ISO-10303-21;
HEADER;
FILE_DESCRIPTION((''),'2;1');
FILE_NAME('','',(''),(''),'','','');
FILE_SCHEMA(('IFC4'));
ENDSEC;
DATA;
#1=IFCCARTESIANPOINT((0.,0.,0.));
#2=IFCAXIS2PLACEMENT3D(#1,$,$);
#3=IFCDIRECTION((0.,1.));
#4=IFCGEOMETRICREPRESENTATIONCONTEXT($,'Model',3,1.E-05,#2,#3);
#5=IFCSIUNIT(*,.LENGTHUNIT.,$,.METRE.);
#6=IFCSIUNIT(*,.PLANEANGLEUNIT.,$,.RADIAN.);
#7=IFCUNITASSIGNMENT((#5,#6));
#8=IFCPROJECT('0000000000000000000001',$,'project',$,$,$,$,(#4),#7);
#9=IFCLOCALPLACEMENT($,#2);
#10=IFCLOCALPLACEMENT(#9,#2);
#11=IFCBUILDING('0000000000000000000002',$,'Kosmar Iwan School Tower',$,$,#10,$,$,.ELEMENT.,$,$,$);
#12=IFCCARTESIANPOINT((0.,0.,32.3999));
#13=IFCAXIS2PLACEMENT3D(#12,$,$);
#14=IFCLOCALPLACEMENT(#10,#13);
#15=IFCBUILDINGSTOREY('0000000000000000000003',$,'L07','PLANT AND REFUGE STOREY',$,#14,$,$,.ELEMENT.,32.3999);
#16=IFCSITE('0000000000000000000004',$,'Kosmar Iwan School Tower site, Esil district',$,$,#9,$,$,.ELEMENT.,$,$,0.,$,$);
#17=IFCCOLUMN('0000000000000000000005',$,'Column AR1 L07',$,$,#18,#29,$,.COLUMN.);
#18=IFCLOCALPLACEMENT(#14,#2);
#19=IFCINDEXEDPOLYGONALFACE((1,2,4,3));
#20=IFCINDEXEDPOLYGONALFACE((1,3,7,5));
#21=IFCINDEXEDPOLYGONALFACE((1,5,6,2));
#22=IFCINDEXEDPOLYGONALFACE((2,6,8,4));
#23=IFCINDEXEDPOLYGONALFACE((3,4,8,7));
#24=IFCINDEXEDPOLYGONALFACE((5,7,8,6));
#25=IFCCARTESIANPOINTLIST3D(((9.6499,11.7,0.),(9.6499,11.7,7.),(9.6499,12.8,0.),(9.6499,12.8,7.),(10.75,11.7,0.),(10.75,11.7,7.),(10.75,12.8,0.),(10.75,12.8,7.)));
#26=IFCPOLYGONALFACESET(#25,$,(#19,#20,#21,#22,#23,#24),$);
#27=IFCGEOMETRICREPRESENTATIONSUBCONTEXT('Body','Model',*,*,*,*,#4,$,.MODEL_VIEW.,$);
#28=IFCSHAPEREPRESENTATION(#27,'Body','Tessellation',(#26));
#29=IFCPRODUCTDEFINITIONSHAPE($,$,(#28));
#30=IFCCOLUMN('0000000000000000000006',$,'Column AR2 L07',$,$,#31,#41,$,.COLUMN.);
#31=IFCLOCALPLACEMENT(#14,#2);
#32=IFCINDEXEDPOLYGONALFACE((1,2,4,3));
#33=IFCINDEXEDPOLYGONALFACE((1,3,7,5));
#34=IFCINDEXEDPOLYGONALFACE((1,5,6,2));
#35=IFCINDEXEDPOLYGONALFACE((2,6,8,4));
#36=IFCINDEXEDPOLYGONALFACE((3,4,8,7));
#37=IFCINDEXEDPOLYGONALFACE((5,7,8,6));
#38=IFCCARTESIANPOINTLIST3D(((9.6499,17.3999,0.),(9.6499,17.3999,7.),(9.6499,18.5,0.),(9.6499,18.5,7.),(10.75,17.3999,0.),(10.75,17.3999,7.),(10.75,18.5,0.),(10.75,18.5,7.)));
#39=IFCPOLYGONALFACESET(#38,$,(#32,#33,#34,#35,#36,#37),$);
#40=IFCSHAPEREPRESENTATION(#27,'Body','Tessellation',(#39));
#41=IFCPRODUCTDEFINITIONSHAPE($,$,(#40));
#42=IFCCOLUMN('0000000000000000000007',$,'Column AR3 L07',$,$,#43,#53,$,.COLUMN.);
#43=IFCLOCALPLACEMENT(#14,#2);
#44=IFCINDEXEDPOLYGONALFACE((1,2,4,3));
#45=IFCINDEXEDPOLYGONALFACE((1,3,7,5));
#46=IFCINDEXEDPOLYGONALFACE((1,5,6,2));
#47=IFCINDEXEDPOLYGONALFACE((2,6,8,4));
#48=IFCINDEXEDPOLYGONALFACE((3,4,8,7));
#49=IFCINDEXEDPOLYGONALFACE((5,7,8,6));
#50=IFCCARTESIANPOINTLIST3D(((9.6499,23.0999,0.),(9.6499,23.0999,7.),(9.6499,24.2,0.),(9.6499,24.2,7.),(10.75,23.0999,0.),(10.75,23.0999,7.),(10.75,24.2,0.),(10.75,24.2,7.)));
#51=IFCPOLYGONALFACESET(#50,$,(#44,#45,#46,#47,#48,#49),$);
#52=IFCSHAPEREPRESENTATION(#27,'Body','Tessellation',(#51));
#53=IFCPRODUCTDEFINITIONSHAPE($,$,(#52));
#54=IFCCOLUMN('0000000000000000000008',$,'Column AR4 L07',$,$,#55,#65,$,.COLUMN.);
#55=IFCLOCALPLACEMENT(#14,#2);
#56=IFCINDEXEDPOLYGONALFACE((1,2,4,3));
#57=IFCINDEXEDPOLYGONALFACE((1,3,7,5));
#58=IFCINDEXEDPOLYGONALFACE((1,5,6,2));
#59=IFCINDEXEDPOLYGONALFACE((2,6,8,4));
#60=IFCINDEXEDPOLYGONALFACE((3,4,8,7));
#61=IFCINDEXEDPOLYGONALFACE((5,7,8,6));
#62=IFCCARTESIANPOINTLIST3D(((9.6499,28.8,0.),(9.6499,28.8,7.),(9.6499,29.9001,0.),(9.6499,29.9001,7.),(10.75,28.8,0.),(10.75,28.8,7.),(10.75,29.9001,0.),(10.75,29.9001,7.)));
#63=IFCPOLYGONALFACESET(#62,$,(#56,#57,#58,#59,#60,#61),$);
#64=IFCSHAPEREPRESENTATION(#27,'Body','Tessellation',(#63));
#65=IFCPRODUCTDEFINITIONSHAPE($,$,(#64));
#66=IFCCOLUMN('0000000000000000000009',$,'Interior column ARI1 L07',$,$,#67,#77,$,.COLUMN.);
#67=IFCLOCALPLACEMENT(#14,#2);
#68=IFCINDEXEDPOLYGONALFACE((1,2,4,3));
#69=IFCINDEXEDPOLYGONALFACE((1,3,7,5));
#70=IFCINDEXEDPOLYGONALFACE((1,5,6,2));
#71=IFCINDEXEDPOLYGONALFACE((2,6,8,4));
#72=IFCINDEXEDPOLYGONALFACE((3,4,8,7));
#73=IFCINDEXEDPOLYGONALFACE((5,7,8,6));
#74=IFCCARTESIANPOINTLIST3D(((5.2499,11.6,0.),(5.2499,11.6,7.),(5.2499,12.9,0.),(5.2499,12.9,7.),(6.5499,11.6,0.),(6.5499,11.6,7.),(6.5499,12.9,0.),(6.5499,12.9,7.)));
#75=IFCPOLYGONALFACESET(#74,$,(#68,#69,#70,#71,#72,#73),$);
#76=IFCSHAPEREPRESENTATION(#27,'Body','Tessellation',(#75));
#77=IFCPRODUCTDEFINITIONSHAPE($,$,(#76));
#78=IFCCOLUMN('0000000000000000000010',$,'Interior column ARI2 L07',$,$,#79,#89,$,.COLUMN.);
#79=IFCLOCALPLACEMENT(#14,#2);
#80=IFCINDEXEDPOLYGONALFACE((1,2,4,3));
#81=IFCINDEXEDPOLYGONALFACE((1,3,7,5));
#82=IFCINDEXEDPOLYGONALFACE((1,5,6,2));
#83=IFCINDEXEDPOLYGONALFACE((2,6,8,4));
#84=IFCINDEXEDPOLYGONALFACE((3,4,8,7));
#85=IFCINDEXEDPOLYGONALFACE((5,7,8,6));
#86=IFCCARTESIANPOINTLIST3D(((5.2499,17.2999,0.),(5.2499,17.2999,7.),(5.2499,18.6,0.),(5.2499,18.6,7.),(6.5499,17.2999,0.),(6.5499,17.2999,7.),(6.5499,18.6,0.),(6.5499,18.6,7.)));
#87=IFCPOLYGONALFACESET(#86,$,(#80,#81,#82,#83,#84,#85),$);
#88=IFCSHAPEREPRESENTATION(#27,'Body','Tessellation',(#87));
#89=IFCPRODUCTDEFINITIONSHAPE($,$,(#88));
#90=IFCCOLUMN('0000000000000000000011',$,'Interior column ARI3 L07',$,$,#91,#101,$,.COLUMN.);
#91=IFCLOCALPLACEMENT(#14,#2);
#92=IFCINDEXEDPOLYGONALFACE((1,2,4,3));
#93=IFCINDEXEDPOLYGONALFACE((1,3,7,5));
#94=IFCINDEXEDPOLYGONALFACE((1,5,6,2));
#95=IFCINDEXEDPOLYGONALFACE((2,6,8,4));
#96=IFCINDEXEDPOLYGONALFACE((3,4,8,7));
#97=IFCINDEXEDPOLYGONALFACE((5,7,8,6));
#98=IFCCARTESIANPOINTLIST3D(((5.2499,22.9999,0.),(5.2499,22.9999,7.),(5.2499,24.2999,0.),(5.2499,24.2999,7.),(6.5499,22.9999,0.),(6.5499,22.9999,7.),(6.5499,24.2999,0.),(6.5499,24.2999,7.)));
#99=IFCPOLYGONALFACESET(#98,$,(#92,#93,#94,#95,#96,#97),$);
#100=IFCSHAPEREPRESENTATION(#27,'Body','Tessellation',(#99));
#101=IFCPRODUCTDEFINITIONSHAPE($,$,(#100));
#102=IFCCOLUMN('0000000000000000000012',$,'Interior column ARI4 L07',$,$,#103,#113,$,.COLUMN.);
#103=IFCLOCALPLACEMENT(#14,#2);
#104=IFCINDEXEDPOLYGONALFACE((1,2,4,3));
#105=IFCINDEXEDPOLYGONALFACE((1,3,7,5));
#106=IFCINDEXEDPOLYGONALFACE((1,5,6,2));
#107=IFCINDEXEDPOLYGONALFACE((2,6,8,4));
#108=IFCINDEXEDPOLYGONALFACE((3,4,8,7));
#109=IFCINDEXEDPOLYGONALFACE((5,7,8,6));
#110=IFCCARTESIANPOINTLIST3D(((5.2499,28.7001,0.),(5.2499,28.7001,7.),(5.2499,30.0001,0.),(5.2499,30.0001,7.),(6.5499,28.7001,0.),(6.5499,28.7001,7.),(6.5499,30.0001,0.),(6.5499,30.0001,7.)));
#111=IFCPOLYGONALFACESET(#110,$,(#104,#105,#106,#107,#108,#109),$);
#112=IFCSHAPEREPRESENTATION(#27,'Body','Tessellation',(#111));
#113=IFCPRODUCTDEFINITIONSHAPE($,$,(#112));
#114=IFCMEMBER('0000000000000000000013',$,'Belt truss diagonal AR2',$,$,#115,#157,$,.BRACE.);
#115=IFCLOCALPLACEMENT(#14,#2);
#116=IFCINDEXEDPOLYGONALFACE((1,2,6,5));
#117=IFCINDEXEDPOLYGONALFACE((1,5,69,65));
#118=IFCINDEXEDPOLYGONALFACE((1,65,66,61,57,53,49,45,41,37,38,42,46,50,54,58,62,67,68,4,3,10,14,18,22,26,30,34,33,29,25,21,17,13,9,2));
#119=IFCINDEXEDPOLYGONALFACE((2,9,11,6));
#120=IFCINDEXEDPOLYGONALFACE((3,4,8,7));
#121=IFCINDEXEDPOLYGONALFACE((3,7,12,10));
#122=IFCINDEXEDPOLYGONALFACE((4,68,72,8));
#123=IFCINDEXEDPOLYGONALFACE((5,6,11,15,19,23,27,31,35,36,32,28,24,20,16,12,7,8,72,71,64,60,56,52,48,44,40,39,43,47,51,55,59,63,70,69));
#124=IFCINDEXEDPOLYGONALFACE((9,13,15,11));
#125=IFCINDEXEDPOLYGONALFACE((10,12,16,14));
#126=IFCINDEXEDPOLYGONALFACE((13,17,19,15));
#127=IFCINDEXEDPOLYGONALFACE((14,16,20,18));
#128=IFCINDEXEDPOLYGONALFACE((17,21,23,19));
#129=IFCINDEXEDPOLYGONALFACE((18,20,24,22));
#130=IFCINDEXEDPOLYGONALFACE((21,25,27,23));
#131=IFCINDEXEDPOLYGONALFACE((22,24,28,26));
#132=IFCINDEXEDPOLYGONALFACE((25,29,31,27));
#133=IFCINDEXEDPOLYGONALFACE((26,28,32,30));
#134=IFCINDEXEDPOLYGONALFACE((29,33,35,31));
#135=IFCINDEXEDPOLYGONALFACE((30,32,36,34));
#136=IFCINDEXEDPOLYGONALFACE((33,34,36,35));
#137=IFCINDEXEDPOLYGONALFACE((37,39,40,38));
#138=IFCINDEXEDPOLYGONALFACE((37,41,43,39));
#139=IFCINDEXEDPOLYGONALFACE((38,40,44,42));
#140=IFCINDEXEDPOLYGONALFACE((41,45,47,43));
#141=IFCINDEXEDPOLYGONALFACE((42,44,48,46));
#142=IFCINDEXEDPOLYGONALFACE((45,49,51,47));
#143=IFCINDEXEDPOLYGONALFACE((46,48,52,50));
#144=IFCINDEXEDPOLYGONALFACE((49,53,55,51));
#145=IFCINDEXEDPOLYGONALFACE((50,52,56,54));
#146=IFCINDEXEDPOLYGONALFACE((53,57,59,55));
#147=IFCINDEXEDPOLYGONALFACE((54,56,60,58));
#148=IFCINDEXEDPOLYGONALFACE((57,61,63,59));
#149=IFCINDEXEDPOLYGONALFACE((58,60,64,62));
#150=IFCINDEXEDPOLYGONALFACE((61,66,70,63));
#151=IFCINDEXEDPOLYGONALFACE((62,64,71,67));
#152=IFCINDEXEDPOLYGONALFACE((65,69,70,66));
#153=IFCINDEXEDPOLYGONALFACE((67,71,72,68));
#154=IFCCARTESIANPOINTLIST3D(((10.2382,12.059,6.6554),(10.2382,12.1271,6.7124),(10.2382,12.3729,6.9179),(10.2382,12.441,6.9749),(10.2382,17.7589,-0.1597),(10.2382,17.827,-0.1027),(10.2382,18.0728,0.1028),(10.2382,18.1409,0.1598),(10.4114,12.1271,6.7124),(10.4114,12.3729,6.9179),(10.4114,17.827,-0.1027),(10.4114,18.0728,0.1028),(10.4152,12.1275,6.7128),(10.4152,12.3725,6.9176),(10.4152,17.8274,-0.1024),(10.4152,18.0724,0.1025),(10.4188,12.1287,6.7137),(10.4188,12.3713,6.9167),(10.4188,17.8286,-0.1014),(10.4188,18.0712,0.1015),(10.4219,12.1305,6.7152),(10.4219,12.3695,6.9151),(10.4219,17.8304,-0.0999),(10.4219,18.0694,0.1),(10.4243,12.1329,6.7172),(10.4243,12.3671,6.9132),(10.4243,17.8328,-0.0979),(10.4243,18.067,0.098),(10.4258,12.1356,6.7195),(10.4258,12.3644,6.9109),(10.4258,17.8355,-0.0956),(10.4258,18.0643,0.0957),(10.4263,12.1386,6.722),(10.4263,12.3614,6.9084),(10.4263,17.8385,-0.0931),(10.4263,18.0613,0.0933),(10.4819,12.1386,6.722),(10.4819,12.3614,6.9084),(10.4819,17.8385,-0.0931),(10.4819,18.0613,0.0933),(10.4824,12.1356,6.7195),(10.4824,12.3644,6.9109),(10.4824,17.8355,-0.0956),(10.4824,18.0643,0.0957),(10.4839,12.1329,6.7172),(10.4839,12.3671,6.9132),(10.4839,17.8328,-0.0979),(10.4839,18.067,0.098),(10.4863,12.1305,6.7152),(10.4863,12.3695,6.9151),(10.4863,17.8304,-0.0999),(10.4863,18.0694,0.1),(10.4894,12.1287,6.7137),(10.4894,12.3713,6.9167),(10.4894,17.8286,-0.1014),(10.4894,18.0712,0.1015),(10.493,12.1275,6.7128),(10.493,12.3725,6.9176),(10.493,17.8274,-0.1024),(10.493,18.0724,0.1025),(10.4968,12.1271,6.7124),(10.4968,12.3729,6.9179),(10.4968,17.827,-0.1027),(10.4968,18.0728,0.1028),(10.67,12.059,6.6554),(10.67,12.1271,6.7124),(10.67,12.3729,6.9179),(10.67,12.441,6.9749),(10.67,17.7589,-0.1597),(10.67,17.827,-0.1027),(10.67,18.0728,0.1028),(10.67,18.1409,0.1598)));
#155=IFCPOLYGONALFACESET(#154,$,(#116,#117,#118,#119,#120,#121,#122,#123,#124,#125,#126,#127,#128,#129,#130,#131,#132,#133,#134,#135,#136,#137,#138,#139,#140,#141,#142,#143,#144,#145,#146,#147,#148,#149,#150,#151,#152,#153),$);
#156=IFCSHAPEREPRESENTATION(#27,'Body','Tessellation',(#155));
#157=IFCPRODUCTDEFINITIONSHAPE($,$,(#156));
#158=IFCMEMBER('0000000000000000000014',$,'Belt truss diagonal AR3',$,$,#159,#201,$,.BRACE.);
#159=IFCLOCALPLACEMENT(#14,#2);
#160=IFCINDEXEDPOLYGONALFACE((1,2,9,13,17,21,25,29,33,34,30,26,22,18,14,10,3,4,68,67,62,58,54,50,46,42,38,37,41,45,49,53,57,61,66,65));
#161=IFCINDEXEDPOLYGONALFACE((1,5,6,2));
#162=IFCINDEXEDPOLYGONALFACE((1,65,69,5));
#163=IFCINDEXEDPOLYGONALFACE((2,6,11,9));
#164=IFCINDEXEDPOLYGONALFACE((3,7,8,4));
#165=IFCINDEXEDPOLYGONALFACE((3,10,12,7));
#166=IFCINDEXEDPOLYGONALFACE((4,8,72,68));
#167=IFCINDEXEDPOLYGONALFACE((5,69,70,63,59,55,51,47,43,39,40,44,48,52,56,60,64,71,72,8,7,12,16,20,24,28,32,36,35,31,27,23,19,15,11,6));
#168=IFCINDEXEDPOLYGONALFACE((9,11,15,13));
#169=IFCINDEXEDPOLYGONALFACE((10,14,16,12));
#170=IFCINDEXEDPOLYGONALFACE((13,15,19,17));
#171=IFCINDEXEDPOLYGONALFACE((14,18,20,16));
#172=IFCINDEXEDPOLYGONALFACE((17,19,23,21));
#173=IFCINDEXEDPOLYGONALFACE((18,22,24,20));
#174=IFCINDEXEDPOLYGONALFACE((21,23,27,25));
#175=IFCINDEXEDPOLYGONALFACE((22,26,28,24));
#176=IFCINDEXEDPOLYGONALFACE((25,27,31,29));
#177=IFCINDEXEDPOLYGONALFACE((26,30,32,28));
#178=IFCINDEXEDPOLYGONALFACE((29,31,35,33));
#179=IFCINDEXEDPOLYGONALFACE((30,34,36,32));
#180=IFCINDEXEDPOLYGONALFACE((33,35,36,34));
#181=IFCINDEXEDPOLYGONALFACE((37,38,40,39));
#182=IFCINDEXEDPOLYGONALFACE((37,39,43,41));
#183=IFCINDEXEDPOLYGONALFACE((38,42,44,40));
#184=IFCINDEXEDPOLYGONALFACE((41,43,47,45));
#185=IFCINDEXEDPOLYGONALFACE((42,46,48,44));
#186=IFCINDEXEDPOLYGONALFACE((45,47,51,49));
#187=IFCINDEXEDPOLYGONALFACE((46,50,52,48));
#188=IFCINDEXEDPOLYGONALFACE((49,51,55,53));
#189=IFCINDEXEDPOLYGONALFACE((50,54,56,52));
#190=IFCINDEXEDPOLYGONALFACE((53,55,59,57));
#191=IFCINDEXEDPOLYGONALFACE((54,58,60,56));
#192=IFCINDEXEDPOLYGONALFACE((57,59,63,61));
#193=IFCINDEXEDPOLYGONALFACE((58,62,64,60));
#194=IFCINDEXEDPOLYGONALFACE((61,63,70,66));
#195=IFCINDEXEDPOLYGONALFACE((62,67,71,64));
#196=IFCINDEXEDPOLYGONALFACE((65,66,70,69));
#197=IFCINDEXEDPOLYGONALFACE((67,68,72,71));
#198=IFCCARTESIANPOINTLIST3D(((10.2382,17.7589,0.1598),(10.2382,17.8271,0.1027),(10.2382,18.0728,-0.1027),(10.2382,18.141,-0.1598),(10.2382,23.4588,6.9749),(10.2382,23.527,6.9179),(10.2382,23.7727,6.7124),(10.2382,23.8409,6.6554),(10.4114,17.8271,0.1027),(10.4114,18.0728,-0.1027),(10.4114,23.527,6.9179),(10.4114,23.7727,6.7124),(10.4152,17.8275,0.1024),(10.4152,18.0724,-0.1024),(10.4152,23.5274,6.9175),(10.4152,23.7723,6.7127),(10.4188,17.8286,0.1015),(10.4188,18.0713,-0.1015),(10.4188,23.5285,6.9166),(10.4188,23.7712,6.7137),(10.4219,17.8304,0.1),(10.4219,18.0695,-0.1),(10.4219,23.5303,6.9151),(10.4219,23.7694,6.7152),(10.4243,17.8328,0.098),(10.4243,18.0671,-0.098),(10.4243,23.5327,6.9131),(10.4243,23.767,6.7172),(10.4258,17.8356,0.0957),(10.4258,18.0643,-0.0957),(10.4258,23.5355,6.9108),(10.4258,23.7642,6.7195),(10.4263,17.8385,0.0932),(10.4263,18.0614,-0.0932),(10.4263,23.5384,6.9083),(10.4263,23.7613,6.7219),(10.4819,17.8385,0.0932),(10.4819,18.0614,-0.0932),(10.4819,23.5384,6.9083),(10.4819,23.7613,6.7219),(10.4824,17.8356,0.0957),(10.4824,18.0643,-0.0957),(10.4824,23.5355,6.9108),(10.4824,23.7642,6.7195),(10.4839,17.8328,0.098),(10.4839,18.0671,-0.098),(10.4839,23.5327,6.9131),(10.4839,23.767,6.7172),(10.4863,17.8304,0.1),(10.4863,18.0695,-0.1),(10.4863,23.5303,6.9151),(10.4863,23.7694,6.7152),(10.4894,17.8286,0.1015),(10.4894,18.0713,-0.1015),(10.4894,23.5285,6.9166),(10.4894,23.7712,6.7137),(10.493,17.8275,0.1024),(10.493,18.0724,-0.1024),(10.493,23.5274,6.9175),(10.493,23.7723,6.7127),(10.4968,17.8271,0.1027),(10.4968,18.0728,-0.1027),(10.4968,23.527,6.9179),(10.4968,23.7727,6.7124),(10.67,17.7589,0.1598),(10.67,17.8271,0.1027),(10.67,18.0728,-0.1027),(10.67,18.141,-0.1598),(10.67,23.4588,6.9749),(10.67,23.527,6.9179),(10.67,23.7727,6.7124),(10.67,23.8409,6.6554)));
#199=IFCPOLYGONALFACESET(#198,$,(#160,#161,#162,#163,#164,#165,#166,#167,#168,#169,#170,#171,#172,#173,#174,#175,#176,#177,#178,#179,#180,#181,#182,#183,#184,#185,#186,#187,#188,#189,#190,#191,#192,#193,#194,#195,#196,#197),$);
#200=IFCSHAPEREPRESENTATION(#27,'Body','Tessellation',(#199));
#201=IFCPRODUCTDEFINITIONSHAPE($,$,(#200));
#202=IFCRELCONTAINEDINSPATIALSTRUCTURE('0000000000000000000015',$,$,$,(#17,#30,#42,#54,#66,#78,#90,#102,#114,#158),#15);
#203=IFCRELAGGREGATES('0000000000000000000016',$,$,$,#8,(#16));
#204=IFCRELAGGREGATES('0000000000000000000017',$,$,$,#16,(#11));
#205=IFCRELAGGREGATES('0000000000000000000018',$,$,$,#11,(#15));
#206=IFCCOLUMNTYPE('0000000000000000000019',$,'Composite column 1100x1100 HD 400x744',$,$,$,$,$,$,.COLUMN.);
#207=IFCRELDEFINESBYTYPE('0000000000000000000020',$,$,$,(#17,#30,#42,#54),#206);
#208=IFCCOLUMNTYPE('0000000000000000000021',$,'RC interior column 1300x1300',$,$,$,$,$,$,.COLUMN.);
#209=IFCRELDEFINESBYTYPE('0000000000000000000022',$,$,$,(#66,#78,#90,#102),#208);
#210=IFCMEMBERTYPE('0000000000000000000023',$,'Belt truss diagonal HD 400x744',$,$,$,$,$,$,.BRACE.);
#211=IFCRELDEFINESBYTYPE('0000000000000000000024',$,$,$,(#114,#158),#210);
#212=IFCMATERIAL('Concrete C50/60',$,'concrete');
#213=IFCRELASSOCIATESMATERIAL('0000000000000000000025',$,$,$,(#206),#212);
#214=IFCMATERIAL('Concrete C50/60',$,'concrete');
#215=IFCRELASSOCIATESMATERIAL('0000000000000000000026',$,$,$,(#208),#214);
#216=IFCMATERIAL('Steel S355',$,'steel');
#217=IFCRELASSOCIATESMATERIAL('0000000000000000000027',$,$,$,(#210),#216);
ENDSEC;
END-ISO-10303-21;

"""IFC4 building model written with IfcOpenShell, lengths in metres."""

from ifc_helpers import new_model, si_unit, direction, frame, origin, origin_2d, place, context, subcontext, project, spatial, rectangle, i_section, extrude, material, material_profile, profile_set, type_object, element, save


model = new_model("IFC4")

# Units and contexts
model_context = context("Model", 3, precision=1e-05, world=origin(), true_north=direction((0.0, 1.0)))
body_context = subcontext(model_context, "Body", "Model", "MODEL_VIEW")
ifc_project = project(units=[si_unit("LENGTHUNIT", "METRE"), si_unit("PLANEANGLEUNIT", "RADIAN")], contexts=[model_context])

# Site, building, storey
site_placement = place(None, origin())
site = spatial("IfcSite", under=ifc_project, at=site_placement, Name="Kosmar Iwan School Tower site, Esil district", CompositionType="ELEMENT", RefElevation=0.0)
building_placement = place(site_placement, origin())
building = spatial("IfcBuilding", under=site, at=building_placement, Name="Kosmar Iwan School Tower", CompositionType="ELEMENT")
storey_placement = place(building_placement, frame((0.0, 0.0, 32.3999)))
storey = spatial("IfcBuildingStorey", under=building, at=storey_placement, Name="L07", Description="PLANT AND REFUGE STOREY", CompositionType="ELEMENT", Elevation=32.3999)

# Columns
ifc_material_1 = material(Name="Concrete C50/60", Category="concrete")
ifc_material_profile_1 = material_profile(ifc_material_1, rectangle(XDim=1.1001, YDim=1.1001, at=origin_2d()), Name="RC 1100x1100 + HD 400x744")
ifc_profile_set_1 = profile_set([ifc_material_profile_1], Name="Concrete C50/60")
column_type_1 = type_object("IfcColumnType", Name="Composite column 1100x1100 HD 400x744", PredefinedType="COLUMN", material=ifc_profile_set_1)
for number, where, z_axis, x_axis, name in (
    (1, (10.2, 12.25, 0.0), (0.0, 0.0, 1.0), (0.0, 1.0, 0.0), "Column AR1 L07"),
    (2, (10.2, 17.95, 0.0), (0.0, 0.0, 1.0), (0.0, 1.0, 0.0), "Column AR2 L07"),
    (3, (10.2, 23.6499, 0.0), (0.0, 0.0, 1.0), (0.0, 1.0, 0.0), "Column AR3 L07"),
    (4, (10.2, 29.3501, 0.0), (0.0, 0.0, 1.0), (0.0, 1.0, 0.0), "Column AR4 L07"),
):
    element("IfcColumn", number, at=place(storey_placement, frame(where, z_axis=z_axis, x_axis=x_axis)), inside=storey, type_object=column_type_1, Name=name, PredefinedType="COLUMN", context=body_context, shape_type="SweptSolid", body=[
        extrude(rectangle(XDim=1.1001, YDim=1.1001, at=origin_2d()), origin(), (0.0, 0.0, 1.0), 7.0),
    ])
ifc_material_2 = material(Name="Concrete C50/60", Category="concrete")
ifc_material_profile_2 = material_profile(ifc_material_2, rectangle(XDim=1.3, YDim=1.3, at=origin_2d()), Name="RC 1300x1300")
ifc_profile_set_2 = profile_set([ifc_material_profile_2], Name="Concrete C50/60")
column_type_2 = type_object("IfcColumnType", Name="RC interior column 1300x1300", PredefinedType="COLUMN", material=ifc_profile_set_2)
for number, where, z_axis, x_axis, name in (
    (5, (5.8999, 12.25, 0.0), (0.0, 0.0, 1.0), (0.0, 1.0, 0.0), "Interior column ARI1 L07"),
    (6, (5.8999, 17.95, 0.0), (0.0, 0.0, 1.0), (0.0, 1.0, 0.0), "Interior column ARI2 L07"),
    (7, (5.8999, 23.6499, 0.0), (0.0, 0.0, 1.0), (0.0, 1.0, 0.0), "Interior column ARI3 L07"),
    (8, (5.8999, 29.3501, 0.0), (0.0, 0.0, 1.0), (0.0, 1.0, 0.0), "Interior column ARI4 L07"),
):
    element("IfcColumn", number, at=place(storey_placement, frame(where, z_axis=z_axis, x_axis=x_axis)), inside=storey, type_object=column_type_2, Name=name, PredefinedType="COLUMN", context=body_context, shape_type="SweptSolid", body=[
        extrude(rectangle(XDim=1.3, YDim=1.3, at=origin_2d()), origin(), (0.0, 0.0, 1.0), 7.0),
    ])

# Members
ifc_material_3 = material(Name="Steel S355", Category="steel")
ifc_material_profile_3 = material_profile(ifc_material_3, i_section(OverallWidth=0.4319, OverallDepth=0.498, WebThickness=0.0557, FlangeThickness=0.0889, FilletRadius=0.0149, at=origin_2d()), Name="HD 400x744")
ifc_profile_set_3 = profile_set([ifc_material_profile_3], Name="Steel S355")
member_type_1 = type_object("IfcMemberType", Name="Belt truss diagonal HD 400x744", PredefinedType="BRACE", material=ifc_profile_set_3)
for number, where, z_axis, x_axis, name in (
    (9, (10.4541, 12.25, 6.8152), (0.0, 0.641554, -0.767078), (-1.0, 0.0, 0.0), "Belt truss diagonal AR2"),
    (10, (10.4541, 17.95, 0.0), (0.0, 0.641554, 0.767078), (-1.0, 0.0, 0.0), "Belt truss diagonal AR3"),
):
    element("IfcMember", number, at=place(storey_placement, frame(where, z_axis=z_axis, x_axis=x_axis)), inside=storey, type_object=member_type_1, Name=name, PredefinedType="BRACE", context=body_context, shape_type="SweptSolid", body=[
        extrude(i_section(OverallWidth=0.4319, OverallDepth=0.498, WebThickness=0.0557, FlangeThickness=0.0889, FilletRadius=0.0149, at=origin_2d()), origin(), (0.0, 0.0, 1.0), 8.8845),
    ])

save(model, "model.ifc")
